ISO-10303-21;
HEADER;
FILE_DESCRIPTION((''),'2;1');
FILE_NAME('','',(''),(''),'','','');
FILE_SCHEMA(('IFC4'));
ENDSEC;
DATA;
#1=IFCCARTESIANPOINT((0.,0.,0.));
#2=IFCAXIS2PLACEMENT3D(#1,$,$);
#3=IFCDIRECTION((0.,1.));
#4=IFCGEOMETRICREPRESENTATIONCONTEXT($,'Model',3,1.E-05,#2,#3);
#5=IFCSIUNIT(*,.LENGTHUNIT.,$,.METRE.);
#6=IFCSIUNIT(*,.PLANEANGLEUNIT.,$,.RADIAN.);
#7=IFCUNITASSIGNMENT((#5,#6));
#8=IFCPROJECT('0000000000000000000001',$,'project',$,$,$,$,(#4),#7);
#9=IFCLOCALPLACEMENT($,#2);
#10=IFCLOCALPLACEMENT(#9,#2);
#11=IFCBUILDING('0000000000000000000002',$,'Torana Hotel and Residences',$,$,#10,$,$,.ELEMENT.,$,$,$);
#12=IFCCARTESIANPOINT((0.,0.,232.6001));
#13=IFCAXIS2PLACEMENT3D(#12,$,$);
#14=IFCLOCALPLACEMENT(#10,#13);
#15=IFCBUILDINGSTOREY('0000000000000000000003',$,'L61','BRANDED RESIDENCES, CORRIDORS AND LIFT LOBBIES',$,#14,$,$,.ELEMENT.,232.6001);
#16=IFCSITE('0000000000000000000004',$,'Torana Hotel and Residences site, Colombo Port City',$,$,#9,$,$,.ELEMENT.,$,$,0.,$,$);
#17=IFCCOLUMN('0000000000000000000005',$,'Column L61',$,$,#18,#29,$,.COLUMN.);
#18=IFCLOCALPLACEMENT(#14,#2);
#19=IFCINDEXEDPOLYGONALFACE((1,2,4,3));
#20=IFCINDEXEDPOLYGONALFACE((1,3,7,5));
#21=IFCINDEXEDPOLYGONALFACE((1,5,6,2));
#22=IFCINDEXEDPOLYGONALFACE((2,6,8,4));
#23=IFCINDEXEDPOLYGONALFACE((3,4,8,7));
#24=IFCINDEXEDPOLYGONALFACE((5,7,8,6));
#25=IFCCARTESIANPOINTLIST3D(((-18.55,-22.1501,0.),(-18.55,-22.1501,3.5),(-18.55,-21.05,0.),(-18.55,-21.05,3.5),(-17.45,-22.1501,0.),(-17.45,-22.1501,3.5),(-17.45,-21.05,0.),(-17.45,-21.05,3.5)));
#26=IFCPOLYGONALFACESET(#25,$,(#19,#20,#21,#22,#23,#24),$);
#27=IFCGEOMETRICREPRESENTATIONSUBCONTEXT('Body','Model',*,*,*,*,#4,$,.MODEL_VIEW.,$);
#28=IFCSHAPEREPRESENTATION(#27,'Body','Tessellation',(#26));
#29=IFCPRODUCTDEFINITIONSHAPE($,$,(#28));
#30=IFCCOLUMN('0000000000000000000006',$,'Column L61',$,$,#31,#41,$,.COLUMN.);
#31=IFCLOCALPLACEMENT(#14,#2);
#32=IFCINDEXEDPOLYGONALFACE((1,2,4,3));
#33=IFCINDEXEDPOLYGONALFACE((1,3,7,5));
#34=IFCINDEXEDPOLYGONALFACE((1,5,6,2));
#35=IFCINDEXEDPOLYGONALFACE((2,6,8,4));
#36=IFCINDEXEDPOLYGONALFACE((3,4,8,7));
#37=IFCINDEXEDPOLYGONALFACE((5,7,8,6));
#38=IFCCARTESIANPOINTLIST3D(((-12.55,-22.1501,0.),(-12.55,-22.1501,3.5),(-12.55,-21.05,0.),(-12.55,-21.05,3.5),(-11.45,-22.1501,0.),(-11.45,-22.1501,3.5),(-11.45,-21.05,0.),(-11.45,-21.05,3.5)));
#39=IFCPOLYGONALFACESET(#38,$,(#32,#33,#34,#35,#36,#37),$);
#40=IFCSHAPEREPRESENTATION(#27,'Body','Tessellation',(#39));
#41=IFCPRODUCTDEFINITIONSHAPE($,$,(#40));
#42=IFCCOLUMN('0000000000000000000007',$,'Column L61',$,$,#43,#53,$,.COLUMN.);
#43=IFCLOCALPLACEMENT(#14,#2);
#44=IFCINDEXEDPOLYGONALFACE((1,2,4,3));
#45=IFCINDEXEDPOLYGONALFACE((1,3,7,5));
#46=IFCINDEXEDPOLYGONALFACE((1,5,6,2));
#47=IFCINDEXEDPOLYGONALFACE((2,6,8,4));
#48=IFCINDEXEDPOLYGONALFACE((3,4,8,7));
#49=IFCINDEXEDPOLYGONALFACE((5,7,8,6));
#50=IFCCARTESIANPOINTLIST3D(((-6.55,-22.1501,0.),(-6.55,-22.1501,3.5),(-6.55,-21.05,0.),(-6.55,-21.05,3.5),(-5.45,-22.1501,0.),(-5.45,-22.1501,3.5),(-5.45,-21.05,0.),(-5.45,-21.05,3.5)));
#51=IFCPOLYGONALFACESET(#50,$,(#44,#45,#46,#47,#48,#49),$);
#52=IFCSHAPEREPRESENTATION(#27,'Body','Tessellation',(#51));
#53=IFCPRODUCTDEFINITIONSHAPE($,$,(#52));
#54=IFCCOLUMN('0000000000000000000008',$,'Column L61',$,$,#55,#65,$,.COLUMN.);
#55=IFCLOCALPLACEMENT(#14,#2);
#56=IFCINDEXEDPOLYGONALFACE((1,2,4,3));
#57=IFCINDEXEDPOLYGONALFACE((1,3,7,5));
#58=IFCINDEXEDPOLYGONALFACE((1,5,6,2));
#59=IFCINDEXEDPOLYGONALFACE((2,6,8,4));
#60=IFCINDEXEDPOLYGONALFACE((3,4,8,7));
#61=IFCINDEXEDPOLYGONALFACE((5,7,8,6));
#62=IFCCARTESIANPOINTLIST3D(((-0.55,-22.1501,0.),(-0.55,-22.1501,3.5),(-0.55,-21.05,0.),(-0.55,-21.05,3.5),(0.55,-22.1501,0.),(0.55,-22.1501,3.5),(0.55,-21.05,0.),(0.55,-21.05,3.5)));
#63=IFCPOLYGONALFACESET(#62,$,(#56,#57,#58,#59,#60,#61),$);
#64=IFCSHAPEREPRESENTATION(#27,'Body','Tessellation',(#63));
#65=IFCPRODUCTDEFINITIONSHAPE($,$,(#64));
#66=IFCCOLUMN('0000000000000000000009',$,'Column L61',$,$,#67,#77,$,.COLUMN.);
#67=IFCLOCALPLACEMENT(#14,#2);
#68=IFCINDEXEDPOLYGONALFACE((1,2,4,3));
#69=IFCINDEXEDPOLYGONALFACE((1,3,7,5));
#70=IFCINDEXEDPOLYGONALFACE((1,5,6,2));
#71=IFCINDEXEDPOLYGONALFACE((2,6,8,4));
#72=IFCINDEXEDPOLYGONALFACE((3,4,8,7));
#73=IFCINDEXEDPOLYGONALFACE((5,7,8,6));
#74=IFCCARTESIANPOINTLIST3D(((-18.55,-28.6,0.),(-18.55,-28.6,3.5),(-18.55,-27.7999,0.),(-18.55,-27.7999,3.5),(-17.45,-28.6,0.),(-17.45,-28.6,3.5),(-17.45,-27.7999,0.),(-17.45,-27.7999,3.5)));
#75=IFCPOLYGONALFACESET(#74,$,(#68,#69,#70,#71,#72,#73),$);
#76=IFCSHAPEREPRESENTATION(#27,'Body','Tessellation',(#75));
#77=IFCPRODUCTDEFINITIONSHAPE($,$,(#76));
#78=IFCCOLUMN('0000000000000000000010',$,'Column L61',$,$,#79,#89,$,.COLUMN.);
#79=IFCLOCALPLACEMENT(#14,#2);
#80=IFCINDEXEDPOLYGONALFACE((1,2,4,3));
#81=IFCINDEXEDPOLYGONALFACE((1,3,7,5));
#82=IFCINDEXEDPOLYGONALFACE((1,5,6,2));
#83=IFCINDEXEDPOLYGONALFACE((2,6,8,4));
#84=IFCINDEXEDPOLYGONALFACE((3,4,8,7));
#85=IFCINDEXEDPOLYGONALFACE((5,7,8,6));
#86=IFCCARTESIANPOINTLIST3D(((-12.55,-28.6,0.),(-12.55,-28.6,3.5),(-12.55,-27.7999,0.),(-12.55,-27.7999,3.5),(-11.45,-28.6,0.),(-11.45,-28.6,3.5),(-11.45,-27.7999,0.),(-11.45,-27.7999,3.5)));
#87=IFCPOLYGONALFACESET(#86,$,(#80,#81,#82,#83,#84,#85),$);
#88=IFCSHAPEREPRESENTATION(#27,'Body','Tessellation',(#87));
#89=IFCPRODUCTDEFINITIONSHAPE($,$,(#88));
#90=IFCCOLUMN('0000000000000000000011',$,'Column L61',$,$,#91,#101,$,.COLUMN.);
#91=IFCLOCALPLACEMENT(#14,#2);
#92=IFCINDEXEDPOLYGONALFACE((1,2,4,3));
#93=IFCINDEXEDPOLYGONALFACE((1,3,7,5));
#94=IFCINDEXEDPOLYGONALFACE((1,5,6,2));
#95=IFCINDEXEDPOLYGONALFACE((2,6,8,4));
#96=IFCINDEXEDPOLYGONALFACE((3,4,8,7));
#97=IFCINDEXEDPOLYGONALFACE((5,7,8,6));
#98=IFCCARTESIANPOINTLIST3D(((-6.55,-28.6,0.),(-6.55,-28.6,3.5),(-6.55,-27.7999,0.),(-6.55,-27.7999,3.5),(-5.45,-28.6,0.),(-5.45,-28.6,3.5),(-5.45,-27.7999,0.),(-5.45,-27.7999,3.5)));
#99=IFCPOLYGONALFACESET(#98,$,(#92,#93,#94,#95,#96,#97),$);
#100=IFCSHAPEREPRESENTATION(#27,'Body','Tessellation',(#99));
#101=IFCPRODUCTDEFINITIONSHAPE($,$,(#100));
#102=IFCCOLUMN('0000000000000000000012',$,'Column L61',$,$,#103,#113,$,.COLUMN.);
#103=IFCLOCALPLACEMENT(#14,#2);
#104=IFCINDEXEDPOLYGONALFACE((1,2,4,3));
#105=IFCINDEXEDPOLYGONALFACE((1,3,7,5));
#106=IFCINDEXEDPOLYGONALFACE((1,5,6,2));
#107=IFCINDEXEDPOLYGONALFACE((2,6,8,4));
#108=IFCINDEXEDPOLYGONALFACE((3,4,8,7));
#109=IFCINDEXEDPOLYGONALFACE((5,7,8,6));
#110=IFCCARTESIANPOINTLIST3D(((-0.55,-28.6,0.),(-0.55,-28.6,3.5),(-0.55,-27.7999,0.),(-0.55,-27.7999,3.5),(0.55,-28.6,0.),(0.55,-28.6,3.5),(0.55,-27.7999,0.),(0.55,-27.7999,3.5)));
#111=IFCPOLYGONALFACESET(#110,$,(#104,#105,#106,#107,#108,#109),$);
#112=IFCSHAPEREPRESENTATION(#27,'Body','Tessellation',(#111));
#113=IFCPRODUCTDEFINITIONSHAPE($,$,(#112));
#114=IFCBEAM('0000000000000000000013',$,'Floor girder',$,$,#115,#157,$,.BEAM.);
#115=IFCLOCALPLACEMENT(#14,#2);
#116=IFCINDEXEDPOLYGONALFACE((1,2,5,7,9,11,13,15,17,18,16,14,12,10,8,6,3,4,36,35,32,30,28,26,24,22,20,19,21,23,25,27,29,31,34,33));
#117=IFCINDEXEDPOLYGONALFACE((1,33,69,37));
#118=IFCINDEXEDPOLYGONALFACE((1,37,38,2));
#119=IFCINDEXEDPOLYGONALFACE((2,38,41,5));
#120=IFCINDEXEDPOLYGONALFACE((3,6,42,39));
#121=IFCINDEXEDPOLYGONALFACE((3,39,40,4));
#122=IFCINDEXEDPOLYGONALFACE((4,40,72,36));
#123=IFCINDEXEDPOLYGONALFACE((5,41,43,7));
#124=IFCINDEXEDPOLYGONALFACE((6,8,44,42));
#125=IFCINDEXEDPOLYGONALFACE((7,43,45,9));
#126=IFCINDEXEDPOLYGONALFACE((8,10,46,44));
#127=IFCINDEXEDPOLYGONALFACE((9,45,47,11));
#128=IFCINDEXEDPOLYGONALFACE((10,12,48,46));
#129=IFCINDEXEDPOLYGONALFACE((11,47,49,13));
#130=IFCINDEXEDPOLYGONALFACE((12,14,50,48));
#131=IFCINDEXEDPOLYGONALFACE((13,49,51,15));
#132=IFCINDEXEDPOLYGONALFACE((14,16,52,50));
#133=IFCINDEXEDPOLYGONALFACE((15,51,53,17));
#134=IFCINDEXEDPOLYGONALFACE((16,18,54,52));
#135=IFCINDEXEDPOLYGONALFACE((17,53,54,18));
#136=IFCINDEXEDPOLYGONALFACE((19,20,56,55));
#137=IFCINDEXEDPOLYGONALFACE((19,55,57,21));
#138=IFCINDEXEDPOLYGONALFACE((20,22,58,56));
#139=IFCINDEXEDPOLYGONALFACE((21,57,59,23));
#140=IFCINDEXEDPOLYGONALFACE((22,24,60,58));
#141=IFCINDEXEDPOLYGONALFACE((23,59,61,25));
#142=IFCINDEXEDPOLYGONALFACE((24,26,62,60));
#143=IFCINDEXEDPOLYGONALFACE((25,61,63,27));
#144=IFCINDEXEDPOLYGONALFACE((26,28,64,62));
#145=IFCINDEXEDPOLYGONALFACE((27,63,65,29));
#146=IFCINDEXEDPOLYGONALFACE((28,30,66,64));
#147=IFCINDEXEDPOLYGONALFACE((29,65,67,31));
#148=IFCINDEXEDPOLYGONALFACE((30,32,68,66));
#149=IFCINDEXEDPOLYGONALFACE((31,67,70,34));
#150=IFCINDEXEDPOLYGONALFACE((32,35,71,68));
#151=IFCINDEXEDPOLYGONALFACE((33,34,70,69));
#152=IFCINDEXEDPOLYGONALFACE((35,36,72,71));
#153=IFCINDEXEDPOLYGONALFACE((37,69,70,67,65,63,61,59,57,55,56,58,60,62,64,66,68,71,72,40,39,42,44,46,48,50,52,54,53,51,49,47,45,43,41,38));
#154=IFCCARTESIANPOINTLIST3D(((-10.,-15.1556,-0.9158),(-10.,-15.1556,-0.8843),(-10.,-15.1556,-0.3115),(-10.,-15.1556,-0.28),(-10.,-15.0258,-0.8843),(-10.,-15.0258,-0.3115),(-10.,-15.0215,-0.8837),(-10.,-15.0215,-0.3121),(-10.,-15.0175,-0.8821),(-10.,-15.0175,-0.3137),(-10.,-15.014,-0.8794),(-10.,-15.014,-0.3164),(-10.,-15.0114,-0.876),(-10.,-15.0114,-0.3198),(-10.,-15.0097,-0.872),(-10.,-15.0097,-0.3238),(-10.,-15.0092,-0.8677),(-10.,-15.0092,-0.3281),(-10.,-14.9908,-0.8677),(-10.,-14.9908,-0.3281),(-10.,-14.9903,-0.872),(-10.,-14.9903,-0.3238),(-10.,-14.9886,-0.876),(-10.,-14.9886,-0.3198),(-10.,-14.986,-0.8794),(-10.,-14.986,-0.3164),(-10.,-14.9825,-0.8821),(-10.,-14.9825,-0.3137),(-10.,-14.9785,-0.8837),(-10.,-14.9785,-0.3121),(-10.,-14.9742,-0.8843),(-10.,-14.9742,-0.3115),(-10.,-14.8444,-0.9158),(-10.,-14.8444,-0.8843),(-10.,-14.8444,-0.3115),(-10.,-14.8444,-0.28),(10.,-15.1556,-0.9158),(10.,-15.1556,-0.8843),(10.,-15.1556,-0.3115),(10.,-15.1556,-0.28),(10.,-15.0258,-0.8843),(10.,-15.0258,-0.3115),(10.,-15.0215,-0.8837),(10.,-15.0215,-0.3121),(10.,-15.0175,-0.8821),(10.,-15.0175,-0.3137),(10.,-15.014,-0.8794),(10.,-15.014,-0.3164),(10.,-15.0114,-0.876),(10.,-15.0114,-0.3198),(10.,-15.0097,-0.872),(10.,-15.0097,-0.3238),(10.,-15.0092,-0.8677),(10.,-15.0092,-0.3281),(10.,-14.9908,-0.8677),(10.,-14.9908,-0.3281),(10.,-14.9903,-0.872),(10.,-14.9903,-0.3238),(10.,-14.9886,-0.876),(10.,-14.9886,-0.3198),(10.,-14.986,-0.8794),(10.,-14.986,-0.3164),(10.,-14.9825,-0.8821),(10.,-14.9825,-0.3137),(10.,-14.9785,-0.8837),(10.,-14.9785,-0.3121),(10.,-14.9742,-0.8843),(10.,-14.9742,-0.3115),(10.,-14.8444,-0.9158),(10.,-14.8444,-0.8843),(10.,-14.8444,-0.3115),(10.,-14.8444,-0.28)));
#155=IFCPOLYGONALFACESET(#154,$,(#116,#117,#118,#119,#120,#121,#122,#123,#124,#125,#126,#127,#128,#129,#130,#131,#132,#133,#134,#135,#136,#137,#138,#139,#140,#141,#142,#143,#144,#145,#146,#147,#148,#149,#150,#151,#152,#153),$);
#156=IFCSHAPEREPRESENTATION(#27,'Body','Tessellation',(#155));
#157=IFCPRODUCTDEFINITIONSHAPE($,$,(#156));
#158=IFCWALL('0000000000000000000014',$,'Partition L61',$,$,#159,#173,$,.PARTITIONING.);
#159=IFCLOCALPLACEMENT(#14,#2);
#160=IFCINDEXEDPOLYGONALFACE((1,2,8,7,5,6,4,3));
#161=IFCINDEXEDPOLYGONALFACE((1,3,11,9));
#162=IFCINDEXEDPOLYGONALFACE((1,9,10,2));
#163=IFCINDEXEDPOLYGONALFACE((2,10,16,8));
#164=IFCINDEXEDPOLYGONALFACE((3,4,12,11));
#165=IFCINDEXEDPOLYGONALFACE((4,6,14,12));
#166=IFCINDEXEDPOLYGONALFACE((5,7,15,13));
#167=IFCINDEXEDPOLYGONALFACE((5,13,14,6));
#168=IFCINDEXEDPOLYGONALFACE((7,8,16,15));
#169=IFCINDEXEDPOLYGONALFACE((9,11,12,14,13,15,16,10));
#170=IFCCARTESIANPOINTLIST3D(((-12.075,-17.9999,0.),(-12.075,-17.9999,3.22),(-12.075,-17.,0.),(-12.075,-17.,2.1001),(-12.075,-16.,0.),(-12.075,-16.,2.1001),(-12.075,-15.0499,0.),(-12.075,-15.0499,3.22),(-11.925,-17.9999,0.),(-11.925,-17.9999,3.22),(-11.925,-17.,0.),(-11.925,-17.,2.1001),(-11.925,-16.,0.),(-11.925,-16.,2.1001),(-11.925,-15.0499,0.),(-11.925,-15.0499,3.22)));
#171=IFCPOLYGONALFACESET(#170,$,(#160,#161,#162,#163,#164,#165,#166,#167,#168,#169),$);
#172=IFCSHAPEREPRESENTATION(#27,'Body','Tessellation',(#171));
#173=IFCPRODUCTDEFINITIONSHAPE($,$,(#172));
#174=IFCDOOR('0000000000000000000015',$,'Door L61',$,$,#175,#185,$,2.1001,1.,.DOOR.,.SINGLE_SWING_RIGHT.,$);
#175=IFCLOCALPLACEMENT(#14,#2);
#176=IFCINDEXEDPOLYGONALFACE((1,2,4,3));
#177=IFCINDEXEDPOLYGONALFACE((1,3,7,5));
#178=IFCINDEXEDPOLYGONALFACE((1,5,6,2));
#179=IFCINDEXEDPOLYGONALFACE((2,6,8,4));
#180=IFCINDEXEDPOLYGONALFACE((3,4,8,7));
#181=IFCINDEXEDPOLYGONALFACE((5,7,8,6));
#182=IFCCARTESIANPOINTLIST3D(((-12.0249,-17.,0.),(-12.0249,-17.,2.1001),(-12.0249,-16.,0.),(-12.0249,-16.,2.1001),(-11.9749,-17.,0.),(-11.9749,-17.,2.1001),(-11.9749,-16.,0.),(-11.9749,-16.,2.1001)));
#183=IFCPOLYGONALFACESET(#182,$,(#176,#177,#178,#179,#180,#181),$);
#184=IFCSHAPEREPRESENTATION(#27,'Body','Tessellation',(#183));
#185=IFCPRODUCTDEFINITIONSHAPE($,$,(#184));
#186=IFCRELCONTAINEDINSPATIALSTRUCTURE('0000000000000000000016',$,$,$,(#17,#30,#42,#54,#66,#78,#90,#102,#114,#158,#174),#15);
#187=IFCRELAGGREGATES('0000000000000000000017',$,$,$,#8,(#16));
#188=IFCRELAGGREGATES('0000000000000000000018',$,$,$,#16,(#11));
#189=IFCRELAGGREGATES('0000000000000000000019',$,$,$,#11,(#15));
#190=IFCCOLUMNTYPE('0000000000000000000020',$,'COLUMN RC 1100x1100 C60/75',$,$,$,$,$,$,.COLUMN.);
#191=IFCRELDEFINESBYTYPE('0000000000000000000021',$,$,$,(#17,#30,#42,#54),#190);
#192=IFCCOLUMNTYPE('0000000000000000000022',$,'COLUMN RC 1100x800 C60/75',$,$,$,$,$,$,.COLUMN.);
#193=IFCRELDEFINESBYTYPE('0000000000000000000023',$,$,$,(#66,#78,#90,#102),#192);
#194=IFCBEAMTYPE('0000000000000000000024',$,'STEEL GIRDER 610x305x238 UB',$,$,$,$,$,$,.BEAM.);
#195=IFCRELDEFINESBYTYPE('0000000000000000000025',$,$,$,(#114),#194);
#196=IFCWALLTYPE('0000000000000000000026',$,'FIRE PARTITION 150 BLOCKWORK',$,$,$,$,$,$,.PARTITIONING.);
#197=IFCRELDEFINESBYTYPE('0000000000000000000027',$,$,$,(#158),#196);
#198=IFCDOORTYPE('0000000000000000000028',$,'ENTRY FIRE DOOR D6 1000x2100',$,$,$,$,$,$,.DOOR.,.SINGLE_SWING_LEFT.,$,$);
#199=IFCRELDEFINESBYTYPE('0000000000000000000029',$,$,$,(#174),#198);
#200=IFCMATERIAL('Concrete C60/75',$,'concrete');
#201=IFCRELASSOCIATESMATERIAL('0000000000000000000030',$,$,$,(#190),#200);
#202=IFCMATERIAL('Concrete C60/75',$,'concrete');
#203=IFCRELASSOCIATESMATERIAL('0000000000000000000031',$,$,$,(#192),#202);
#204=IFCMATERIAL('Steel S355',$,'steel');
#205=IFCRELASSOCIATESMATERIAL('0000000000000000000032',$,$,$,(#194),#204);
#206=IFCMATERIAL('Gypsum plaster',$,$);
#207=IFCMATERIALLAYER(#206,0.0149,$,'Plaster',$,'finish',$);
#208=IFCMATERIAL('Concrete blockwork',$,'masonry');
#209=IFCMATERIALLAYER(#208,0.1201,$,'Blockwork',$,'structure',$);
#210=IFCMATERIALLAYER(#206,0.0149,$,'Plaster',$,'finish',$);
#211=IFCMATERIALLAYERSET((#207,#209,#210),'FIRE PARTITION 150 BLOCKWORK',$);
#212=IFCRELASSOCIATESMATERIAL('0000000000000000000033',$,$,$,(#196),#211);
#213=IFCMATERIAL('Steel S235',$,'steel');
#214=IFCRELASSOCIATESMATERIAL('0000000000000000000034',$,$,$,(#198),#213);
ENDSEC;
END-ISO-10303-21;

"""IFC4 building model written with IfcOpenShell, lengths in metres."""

from ifc_helpers import new_model, si_unit, direction, frame, frame_2d, origin, origin_2d, place, context, subcontext, project, spatial, rectangle, i_section, extrude, material, layer, layer_set, material_profile, profile_set, type_object, element, fill, save


model = new_model("IFC4")

# Units and contexts
model_context = context("Model", 3, precision=1e-05, world=origin(), true_north=direction((0.0, 1.0)))
body_context = subcontext(model_context, "Body", "Model", "MODEL_VIEW")
ifc_project = project(units=[si_unit("LENGTHUNIT", "METRE"), si_unit("PLANEANGLEUNIT", "RADIAN")], contexts=[model_context])

# Site, building, storey
site_placement = place(None, origin())
site = spatial("IfcSite", under=ifc_project, at=site_placement, Name="Torana Hotel and Residences site, Colombo Port City", CompositionType="ELEMENT", RefElevation=0.0)
building_placement = place(site_placement, origin())
building = spatial("IfcBuilding", under=site, at=building_placement, Name="Torana Hotel and Residences", CompositionType="ELEMENT")
storey_placement = place(building_placement, frame((0.0, 0.0, 232.6001)))
storey = spatial("IfcBuildingStorey", under=building, at=storey_placement, Name="L61", Description="BRANDED RESIDENCES, CORRIDORS AND LIFT LOBBIES", CompositionType="ELEMENT", Elevation=232.6001)

# Columns
ifc_material_1 = material(Name="Concrete C60/75", Category="concrete")
ifc_material_profile_1 = material_profile(ifc_material_1, rectangle(XDim=1.1001, YDim=1.1001, at=origin_2d()), Name="RC 1100x1100")
ifc_profile_set_1 = profile_set([ifc_material_profile_1], Name="Concrete C60/75")
column_type_1 = type_object("IfcColumnType", Name="COLUMN RC 1100x1100 C60/75", PredefinedType="COLUMN", material=ifc_profile_set_1)
for number, where, z_axis, x_axis, name in (
    (1, (-18.0, -21.6001, 0.0), (0.0, 0.0, 1.0), (1.0, 0.0, 0.0), "Column L61"),
    (2, (-12.0, -21.6001, 0.0), (0.0, 0.0, 1.0), (1.0, 0.0, 0.0), "Column L61"),
    (3, (-6.0, -21.6001, 0.0), (0.0, 0.0, 1.0), (1.0, 0.0, 0.0), "Column L61"),
    (4, (0.0, -21.6001, 0.0), (0.0, 0.0, 1.0), (1.0, 0.0, 0.0), "Column L61"),
):
    element("IfcColumn", number, at=place(storey_placement, frame(where, z_axis=z_axis, x_axis=x_axis)), inside=storey, type_object=column_type_1, Name=name, PredefinedType="COLUMN", context=body_context, shape_type="SweptSolid", body=[
        extrude(rectangle(XDim=1.1001, YDim=1.1001, at=origin_2d()), origin(), (0.0, 0.0, 1.0), 3.5),
    ])
ifc_material_2 = material(Name="Concrete C60/75", Category="concrete")
ifc_material_profile_2 = material_profile(ifc_material_2, rectangle(XDim=1.1001, YDim=0.8, at=origin_2d()), Name="RC 1100x800")
ifc_profile_set_2 = profile_set([ifc_material_profile_2], Name="Concrete C60/75")
column_type_2 = type_object("IfcColumnType", Name="COLUMN RC 1100x800 C60/75", PredefinedType="COLUMN", material=ifc_profile_set_2)
for number, where, z_axis, x_axis, name in (
    (5, (-18.0, -28.2, 0.0), (0.0, 0.0, 1.0), (1.0, 0.0, 0.0), "Column L61"),
    (6, (-12.0, -28.2, 0.0), (0.0, 0.0, 1.0), (1.0, 0.0, 0.0), "Column L61"),
    (7, (-6.0, -28.2, 0.0), (0.0, 0.0, 1.0), (1.0, 0.0, 0.0), "Column L61"),
    (8, (0.0, -28.2, 0.0), (0.0, 0.0, 1.0), (1.0, 0.0, 0.0), "Column L61"),
):
    element("IfcColumn", number, at=place(storey_placement, frame(where, z_axis=z_axis, x_axis=x_axis)), inside=storey, type_object=column_type_2, Name=name, PredefinedType="COLUMN", context=body_context, shape_type="SweptSolid", body=[
        extrude(rectangle(XDim=1.1001, YDim=0.8, at=origin_2d()), origin(), (0.0, 0.0, 1.0), 3.5),
    ])

# Beam
ifc_material_3 = material(Name="Steel S355", Category="steel")
ifc_material_profile_3 = material_profile(ifc_material_3, i_section(OverallWidth=0.3113, OverallDepth=0.6357, WebThickness=0.0183, FlangeThickness=0.0315, FilletRadius=0.0166, at=origin_2d()), Name="610x305x238 UB")
ifc_profile_set_3 = profile_set([ifc_material_profile_3], Name="Steel S355")
beam_type = type_object("IfcBeamType", Name="STEEL GIRDER 610x305x238 UB", PredefinedType="BEAM", material=ifc_profile_set_3)
beam_placement = place(storey_placement, frame((-10.0, -15.0, -0.5979), z_axis=(1.0, 0.0, 0.0), x_axis=(0.0, 1.0, 0.0)))
element("IfcBeam", 9, at=beam_placement, inside=storey, type_object=beam_type, Name="Floor girder", PredefinedType="BEAM", context=body_context, shape_type="SweptSolid", body=[
    extrude(i_section(OverallWidth=0.3113, OverallDepth=0.6357, WebThickness=0.0183, FlangeThickness=0.0315, FilletRadius=0.0166, at=origin_2d()), origin(), (0.0, 0.0, 1.0), 20.0),
])

# Wall, opening, door
ifc_material_4 = material(Name="Gypsum plaster")
ifc_layer_1 = layer(ifc_material_4, 0.0149, Name="Plaster", Category="finish")
ifc_material_5 = material(Name="Concrete blockwork", Category="masonry")
ifc_layer_2 = layer(ifc_material_5, 0.1201, Name="Blockwork", Category="structure")
ifc_layer_3 = layer(ifc_material_4, 0.0149, Name="Plaster", Category="finish")
ifc_layer_set_1 = layer_set([ifc_layer_1, ifc_layer_2, ifc_layer_3], Name="FIRE PARTITION 150 BLOCKWORK")
wall_type_1 = type_object("IfcWallType", Name="FIRE PARTITION 150 BLOCKWORK", PredefinedType="PARTITIONING", material=ifc_layer_set_1)
wall_1_placement = place(storey_placement, frame((-12.0, -18.0, 0.0), z_axis=(0.0, 0.0, 1.0), x_axis=(0.0, 1.0, 0.0)))
wall_1 = element("IfcWall", 10, at=wall_1_placement, inside=storey, type_object=wall_type_1, Name="Partition L61", PredefinedType="PARTITIONING", context=body_context, shape_type="SweptSolid", body=[
    extrude(rectangle(XDim=2.95, YDim=0.1499, at=frame_2d((1.4751, 0.0))), origin(), (0.0, 0.0, 1.0), 3.22),
])
opening_1_placement = place(wall_1_placement, frame((1.0, 0.0, 0.0)))
opening_1 = element("IfcOpeningElement", 11, at=opening_1_placement, cuts=wall_1, PredefinedType="OPENING", context=body_context, shape_type="SweptSolid", body=[
    extrude(rectangle(XDim=1.0, YDim=2.1001, at=frame_2d((0.5, 1.05))), frame((0.0, 0.085, 0.0), z_axis=(0.0, -1.0, 0.0), x_axis=(1.0, 0.0, 0.0)), (0.0, 0.0, 1.0), 0.1699),
])
ifc_material_6 = material(Name="Steel S235", Category="steel")
door_type_1 = type_object("IfcDoorType", Name="ENTRY FIRE DOOR D6 1000x2100", OperationType="SINGLE_SWING_LEFT", PredefinedType="DOOR", material=ifc_material_6)
door_1_placement = place(opening_1_placement, origin())
door_1 = element("IfcDoor", 12, at=door_1_placement, inside=storey, type_object=door_type_1, Name="Door L61", OperationType="SINGLE_SWING_RIGHT", OverallHeight=2.1001, OverallWidth=1.0, PredefinedType="DOOR", context=body_context, shape_type="SweptSolid", body=[
    extrude(rectangle(XDim=1.0, YDim=2.1001, at=frame_2d((0.5, 1.05))), frame((0.0, 0.0249, 0.0), z_axis=(0.0, -1.0, 0.0), x_axis=(1.0, 0.0, 0.0)), (0.0, 0.0, 1.0), 0.05),
])
fill(opening_1, door_1)

save(model, "model.ifc")
